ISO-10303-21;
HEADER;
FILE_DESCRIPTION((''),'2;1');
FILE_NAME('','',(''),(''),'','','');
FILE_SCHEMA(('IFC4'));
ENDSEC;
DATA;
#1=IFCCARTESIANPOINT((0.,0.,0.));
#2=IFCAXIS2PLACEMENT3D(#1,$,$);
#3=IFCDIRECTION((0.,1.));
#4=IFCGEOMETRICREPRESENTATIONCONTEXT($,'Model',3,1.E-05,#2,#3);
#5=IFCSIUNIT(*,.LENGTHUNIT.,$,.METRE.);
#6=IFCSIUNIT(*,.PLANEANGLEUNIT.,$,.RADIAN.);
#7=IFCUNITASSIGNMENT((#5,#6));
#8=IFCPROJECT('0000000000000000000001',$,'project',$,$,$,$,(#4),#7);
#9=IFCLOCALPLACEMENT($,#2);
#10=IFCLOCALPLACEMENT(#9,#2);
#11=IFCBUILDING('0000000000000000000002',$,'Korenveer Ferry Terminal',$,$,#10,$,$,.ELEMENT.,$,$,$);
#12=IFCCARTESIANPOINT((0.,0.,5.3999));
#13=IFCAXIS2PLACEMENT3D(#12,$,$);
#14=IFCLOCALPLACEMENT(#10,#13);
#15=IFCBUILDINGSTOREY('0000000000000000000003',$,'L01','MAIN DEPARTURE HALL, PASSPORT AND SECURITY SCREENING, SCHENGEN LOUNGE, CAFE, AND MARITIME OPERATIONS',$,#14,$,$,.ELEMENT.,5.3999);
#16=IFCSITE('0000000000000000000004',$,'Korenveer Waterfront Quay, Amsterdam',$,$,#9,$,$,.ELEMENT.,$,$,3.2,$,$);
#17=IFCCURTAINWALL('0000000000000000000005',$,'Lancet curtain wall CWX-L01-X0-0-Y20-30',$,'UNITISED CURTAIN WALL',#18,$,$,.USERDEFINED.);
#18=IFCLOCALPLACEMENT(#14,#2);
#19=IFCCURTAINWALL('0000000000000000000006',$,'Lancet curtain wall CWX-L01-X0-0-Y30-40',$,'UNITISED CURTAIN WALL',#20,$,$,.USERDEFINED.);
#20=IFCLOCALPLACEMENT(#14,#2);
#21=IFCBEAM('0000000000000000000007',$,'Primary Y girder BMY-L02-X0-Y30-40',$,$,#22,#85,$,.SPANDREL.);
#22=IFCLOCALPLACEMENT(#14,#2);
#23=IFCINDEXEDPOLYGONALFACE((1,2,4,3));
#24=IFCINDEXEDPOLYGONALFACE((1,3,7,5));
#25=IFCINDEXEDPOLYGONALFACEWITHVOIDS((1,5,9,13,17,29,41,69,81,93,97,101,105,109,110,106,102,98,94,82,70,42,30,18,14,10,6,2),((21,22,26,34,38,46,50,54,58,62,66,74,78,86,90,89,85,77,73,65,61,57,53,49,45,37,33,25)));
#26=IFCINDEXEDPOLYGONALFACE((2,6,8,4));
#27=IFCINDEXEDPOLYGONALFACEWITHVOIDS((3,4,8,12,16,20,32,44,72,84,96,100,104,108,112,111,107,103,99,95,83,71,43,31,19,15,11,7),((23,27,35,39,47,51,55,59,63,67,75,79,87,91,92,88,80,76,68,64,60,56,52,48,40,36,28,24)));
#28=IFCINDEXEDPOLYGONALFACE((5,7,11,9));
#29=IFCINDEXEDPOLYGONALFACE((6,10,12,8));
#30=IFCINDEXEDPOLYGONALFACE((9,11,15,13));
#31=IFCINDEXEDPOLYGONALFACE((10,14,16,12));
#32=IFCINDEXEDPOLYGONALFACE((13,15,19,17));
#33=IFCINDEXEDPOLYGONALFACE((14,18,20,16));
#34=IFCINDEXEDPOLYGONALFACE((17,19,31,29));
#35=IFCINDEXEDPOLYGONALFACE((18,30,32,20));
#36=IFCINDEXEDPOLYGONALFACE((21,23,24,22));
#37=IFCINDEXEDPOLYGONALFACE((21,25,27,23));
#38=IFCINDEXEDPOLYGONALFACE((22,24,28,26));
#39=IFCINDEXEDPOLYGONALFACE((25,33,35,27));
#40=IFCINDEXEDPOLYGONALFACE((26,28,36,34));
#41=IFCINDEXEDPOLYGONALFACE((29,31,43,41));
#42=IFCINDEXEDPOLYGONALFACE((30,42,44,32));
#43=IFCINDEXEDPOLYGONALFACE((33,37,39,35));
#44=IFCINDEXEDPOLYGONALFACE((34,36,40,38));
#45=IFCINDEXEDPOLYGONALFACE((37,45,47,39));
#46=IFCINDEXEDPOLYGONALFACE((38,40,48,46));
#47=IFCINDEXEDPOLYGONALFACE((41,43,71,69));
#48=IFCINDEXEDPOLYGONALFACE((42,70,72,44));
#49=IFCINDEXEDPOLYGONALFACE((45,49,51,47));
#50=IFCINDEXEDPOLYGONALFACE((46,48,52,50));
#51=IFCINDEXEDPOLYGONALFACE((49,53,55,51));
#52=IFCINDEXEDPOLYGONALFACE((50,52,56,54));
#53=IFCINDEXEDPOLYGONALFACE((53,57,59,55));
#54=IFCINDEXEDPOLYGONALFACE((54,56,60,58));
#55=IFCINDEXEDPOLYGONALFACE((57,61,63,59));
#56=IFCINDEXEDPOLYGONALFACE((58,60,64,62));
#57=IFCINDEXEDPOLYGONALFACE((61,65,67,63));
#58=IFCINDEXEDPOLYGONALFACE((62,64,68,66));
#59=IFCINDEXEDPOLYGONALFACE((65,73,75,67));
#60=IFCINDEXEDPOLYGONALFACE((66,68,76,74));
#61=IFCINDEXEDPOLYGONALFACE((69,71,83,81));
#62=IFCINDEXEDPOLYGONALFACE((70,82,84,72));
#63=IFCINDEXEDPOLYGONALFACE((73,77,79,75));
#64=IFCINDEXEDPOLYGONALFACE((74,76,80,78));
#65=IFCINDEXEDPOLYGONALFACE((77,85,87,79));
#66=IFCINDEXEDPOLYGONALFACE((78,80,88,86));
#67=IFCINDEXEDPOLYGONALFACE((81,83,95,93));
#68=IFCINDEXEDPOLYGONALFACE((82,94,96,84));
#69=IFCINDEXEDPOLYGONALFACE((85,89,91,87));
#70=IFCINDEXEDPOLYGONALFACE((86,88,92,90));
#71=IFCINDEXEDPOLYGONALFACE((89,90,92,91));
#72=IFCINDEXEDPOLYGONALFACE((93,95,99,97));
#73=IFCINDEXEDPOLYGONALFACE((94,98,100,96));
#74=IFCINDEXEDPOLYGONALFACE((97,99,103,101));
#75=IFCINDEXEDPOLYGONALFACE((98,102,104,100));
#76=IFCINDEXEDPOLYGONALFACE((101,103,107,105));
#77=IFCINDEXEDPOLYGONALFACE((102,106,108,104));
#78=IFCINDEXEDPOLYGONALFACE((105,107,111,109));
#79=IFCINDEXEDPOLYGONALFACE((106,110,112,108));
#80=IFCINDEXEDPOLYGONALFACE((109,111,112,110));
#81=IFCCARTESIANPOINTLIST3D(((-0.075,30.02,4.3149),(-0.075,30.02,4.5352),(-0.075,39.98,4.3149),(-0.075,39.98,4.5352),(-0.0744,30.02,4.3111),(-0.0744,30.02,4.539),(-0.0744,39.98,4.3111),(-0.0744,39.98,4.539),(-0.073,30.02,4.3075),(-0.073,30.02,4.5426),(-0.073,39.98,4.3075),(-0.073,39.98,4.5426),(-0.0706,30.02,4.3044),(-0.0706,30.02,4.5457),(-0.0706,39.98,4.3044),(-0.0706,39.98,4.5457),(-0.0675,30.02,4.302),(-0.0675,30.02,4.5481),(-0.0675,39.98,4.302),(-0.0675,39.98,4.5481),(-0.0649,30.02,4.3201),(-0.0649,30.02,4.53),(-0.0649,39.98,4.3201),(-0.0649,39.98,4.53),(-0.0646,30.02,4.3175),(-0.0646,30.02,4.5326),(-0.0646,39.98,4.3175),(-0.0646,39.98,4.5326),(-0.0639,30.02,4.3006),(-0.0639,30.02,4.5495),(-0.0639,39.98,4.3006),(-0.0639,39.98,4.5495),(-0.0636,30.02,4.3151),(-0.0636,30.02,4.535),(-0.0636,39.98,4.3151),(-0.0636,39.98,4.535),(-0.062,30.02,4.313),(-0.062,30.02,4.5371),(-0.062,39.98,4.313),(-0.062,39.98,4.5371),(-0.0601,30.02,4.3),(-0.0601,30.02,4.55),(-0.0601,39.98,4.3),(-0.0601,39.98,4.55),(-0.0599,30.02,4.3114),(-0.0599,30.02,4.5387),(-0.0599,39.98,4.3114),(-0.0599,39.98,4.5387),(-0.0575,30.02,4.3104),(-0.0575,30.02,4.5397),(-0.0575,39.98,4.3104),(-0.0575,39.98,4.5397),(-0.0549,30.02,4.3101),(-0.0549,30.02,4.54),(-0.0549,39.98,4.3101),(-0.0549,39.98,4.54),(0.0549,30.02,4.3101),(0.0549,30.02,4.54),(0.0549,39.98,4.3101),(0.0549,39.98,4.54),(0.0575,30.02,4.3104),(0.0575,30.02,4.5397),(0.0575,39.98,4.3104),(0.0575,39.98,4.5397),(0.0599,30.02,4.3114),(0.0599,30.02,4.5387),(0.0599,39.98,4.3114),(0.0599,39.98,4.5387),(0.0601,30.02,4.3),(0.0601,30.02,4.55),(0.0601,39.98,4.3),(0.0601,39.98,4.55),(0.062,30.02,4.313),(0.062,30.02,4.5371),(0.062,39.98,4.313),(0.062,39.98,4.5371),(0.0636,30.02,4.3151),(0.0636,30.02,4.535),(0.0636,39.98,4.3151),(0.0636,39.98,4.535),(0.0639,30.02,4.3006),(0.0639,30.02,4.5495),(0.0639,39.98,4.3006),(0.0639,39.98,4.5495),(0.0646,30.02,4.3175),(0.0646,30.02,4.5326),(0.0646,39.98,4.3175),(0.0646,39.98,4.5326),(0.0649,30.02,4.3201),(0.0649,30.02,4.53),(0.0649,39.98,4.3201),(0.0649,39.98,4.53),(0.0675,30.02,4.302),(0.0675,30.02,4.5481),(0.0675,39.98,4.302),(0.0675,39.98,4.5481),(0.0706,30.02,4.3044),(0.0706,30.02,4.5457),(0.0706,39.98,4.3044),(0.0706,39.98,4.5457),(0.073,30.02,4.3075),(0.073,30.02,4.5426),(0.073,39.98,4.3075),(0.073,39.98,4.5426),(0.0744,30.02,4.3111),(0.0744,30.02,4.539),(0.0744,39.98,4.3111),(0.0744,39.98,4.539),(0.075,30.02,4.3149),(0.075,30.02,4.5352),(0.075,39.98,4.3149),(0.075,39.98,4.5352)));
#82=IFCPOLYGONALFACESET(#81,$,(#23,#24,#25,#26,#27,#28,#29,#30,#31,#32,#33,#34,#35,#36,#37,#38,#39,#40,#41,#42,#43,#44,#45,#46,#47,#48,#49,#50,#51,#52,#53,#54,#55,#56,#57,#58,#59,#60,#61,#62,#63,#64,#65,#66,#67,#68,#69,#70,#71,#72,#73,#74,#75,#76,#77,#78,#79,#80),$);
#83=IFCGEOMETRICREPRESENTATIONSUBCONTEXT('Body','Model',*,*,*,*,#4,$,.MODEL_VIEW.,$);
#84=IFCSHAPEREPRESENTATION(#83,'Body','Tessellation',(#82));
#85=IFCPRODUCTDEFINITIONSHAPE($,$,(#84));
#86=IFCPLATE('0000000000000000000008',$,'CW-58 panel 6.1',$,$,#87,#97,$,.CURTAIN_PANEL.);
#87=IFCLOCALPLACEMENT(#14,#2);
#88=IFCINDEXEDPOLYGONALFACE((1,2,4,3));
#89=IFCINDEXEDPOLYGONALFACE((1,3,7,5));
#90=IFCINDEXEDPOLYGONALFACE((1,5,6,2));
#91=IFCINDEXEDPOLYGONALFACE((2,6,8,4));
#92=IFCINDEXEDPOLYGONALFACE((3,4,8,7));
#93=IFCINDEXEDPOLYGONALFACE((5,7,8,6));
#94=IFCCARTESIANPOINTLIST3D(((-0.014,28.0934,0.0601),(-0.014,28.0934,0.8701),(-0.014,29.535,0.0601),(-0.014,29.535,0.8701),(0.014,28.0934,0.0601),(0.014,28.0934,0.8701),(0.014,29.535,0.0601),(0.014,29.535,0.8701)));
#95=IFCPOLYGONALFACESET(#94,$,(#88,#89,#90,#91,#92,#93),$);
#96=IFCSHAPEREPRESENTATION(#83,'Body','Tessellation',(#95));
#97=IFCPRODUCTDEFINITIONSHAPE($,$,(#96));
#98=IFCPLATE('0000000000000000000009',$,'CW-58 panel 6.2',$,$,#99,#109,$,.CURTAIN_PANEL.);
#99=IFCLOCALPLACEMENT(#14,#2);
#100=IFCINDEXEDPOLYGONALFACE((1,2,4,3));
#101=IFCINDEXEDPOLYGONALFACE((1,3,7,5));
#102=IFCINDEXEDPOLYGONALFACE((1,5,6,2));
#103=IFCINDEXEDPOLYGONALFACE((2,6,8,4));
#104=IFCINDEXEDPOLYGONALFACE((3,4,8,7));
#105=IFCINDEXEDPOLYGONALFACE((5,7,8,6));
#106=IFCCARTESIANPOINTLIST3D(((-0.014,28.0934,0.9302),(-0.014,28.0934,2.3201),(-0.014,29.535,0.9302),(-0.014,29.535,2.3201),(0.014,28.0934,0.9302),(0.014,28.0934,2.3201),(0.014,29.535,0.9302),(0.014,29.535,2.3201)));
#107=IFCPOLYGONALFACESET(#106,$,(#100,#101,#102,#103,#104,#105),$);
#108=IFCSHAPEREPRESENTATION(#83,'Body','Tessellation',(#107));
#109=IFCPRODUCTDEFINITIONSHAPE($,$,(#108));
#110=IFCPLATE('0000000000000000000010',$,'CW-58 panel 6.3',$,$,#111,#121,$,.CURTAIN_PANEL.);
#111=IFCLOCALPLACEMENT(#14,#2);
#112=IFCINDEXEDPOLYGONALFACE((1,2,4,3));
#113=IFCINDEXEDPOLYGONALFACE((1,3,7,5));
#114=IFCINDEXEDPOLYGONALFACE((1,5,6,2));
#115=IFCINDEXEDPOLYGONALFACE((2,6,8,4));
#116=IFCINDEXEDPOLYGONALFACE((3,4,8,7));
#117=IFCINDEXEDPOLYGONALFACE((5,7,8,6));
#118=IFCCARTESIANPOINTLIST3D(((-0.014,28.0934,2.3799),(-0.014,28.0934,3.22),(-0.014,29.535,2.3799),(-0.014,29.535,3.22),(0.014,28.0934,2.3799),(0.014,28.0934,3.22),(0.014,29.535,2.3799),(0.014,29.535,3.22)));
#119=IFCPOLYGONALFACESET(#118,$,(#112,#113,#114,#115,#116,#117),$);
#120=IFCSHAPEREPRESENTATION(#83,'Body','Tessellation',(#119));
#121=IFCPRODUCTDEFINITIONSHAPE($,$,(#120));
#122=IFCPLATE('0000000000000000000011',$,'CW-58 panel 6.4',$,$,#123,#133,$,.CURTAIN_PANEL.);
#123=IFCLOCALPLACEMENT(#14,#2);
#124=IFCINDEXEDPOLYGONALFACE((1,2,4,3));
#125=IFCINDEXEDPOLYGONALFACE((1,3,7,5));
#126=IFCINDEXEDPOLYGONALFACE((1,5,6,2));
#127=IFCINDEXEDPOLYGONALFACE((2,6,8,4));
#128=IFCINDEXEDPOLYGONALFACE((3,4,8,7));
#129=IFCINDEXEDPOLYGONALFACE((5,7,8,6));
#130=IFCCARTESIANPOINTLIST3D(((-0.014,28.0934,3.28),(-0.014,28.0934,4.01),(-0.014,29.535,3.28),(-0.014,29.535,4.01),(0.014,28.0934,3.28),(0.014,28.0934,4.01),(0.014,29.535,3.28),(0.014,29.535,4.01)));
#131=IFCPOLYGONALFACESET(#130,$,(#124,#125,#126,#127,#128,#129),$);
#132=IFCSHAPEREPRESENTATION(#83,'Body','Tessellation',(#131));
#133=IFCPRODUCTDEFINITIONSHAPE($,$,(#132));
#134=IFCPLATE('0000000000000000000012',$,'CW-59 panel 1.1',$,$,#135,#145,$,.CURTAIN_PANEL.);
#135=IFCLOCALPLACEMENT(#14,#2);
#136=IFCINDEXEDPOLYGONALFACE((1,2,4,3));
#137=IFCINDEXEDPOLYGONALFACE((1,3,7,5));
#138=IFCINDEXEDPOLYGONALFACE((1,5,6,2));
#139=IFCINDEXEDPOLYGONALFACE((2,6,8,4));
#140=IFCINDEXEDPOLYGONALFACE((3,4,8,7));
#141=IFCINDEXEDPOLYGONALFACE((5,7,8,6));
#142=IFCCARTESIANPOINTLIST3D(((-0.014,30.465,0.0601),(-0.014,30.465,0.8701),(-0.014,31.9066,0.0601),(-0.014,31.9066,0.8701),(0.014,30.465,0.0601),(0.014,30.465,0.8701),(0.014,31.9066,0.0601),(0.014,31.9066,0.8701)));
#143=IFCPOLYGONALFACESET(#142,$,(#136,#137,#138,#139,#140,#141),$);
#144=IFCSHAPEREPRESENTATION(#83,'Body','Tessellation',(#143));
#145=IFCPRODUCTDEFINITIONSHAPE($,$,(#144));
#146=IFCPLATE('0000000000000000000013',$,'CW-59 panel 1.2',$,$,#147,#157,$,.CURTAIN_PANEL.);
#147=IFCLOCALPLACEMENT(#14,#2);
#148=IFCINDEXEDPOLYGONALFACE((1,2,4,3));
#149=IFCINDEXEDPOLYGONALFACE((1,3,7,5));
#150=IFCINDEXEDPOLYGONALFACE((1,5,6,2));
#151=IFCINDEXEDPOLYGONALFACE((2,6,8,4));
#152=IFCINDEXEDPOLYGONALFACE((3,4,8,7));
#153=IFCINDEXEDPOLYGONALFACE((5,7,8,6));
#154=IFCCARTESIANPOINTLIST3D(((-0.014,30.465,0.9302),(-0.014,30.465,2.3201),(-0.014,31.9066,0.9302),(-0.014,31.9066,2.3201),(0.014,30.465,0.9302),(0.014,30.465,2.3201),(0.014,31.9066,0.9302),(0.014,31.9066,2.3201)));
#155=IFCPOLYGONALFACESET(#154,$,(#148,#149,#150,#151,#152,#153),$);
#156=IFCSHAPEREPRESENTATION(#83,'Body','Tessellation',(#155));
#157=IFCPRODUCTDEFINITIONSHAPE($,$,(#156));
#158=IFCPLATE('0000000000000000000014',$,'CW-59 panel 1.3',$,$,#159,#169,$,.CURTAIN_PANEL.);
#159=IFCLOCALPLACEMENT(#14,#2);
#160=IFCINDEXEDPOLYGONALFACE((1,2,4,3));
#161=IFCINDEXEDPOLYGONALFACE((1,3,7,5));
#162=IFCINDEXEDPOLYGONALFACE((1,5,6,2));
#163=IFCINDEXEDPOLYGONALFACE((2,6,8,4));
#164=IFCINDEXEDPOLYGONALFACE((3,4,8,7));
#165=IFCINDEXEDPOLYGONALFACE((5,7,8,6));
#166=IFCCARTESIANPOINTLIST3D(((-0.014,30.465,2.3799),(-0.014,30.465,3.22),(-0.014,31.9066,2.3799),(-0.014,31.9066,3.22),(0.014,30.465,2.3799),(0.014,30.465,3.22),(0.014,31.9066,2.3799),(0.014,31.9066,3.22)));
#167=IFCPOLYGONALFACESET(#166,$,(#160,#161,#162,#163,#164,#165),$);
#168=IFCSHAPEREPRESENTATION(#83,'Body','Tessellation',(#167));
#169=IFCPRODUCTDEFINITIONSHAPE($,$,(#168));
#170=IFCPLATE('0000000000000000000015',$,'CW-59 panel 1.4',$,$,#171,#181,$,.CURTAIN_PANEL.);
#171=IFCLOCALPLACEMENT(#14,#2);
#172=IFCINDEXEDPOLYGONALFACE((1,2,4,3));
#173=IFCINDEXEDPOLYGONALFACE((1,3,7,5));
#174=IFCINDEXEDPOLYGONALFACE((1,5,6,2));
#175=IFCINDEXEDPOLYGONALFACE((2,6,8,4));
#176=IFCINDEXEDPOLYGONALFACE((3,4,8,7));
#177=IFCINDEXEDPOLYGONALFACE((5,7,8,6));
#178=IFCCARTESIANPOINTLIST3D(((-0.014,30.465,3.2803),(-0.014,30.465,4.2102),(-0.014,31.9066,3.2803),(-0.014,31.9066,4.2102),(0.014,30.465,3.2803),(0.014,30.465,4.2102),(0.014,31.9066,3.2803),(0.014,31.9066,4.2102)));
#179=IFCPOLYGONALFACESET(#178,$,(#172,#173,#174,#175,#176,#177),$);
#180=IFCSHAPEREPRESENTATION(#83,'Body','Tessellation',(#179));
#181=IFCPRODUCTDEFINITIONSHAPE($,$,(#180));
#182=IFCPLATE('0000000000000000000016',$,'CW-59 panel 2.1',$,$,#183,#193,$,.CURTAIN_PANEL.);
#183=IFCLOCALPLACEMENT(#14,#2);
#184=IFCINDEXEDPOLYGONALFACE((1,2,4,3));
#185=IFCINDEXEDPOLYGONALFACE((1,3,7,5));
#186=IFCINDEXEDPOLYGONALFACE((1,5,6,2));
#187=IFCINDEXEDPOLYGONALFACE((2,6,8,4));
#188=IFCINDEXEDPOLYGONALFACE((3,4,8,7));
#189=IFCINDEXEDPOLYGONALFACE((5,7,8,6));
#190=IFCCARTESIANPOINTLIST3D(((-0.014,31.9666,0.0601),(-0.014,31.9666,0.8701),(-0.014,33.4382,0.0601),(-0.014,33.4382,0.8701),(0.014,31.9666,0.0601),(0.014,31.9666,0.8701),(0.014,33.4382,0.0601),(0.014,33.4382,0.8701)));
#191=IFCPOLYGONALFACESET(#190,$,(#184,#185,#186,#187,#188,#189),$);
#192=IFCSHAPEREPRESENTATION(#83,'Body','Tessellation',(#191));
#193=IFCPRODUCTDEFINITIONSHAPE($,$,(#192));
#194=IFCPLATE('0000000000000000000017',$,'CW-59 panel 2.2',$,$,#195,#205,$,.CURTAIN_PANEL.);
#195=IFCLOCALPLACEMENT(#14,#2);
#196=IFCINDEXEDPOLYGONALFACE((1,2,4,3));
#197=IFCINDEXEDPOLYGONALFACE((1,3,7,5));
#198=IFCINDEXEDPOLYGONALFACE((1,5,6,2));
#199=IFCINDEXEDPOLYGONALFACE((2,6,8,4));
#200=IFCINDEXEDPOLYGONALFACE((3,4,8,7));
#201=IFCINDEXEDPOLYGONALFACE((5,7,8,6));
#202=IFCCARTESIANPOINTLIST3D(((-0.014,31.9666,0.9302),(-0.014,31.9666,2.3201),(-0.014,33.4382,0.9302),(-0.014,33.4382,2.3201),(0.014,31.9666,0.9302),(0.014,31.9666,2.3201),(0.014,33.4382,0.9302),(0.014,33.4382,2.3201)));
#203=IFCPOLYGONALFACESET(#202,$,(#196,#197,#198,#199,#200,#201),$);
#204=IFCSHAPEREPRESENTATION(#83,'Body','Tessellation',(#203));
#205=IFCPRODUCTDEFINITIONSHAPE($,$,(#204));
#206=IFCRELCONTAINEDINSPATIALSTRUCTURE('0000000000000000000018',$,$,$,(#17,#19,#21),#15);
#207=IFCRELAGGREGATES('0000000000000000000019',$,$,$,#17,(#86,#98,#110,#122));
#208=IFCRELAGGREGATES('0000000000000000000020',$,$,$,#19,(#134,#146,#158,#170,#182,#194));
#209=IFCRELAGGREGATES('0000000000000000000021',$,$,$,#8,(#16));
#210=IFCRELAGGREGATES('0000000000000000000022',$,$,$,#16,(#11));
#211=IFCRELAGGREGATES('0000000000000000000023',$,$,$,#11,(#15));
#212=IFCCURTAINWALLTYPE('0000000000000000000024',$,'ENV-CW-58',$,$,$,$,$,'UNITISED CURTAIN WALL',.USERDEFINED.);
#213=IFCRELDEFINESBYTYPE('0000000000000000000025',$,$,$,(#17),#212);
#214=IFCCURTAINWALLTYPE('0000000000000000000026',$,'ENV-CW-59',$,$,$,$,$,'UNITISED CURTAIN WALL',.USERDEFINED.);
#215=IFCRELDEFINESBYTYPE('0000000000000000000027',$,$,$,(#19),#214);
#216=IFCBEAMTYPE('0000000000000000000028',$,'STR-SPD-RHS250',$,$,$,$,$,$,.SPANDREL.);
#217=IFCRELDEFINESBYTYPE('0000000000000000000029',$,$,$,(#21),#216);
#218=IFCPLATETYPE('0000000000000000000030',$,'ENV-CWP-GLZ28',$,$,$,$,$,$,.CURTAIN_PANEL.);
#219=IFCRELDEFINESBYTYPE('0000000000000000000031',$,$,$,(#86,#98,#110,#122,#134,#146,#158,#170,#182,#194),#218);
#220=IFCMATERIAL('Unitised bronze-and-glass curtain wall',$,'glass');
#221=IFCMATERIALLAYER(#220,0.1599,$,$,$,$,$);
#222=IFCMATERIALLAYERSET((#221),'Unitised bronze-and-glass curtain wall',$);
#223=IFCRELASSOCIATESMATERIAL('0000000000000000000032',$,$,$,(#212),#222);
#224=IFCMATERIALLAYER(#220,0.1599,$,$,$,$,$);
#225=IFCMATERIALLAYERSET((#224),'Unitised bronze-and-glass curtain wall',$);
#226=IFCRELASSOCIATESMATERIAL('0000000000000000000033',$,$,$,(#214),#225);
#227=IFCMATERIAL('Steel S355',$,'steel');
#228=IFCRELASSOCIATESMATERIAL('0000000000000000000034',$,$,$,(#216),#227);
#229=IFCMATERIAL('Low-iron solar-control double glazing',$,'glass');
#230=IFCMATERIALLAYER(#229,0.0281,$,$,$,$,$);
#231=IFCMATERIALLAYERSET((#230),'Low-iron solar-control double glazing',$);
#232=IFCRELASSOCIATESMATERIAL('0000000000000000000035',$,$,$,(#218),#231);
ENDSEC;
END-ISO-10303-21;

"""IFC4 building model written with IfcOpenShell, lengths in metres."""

from ifc_helpers import new_model, si_unit, direction, frame, origin, origin_2d, place, context, subcontext, project, spatial, rectangle, hollow_rectangle, extrude, material, layer, layer_set, material_profile, profile_set, type_object, element, aggregate, save


model = new_model("IFC4")

# Units and contexts
model_context = context("Model", 3, precision=1e-05, world=origin(), true_north=direction((0.0, 1.0)))
body_context = subcontext(model_context, "Body", "Model", "MODEL_VIEW")
ifc_project = project(units=[si_unit("LENGTHUNIT", "METRE"), si_unit("PLANEANGLEUNIT", "RADIAN")], contexts=[model_context])

# Site, building, storey
site_placement = place(None, origin())
site = spatial("IfcSite", under=ifc_project, at=site_placement, Name="Korenveer Waterfront Quay, Amsterdam", CompositionType="ELEMENT", RefElevation=3.2)
building_placement = place(site_placement, origin())
building = spatial("IfcBuilding", under=site, at=building_placement, Name="Korenveer Ferry Terminal", CompositionType="ELEMENT")
storey_placement = place(building_placement, frame((0.0, 0.0, 5.3999)))
storey = spatial("IfcBuildingStorey", under=building, at=storey_placement, Name="L01", Description="MAIN DEPARTURE HALL, PASSPORT AND SECURITY SCREENING, SCHENGEN LOUNGE, CAFE, AND MARITIME OPERATIONS", CompositionType="ELEMENT", Elevation=5.3999)

# Shared definitions
ifc_material_1 = material(Name="Steel S355", Category="steel")

# Curtain wall
ifc_material_2 = material(Name="Unitised bronze-and-glass curtain wall", Category="glass")
ifc_layer_1 = layer(ifc_material_2, 0.1599)
ifc_layer_set_1 = layer_set([ifc_layer_1], Name="Unitised bronze-and-glass curtain wall")
curtain_wall_type_1 = type_object("IfcCurtainWallType", Name="ENV-CW-58", ElementType="UNITISED CURTAIN WALL", PredefinedType="USERDEFINED", material=ifc_layer_set_1)
curtain_wall_1_placement = place(storey_placement, frame((0.0, 20.405, 0.0)))
curtain_wall_1 = element("IfcCurtainWall", 1, at=curtain_wall_1_placement, inside=storey, type_object=curtain_wall_type_1, Name="Lancet curtain wall CWX-L01-X0-0-Y20-30", ObjectType="UNITISED CURTAIN WALL", PredefinedType="USERDEFINED")

# Curtain wall
ifc_layer_2 = layer(ifc_material_2, 0.1599)
ifc_layer_set_2 = layer_set([ifc_layer_2], Name="Unitised bronze-and-glass curtain wall")
curtain_wall_type_2 = type_object("IfcCurtainWallType", Name="ENV-CW-59", ElementType="UNITISED CURTAIN WALL", PredefinedType="USERDEFINED", material=ifc_layer_set_2)
curtain_wall_2_placement = place(storey_placement, frame((0.0, 30.405, 0.0)))
curtain_wall_2 = element("IfcCurtainWall", 2, at=curtain_wall_2_placement, inside=storey, type_object=curtain_wall_type_2, Name="Lancet curtain wall CWX-L01-X0-0-Y30-40", ObjectType="UNITISED CURTAIN WALL", PredefinedType="USERDEFINED")

# Beam
ifc_material_profile_1 = material_profile(ifc_material_1, hollow_rectangle(XDim=0.1499, YDim=0.25, WallThickness=0.01, InnerFilletRadius=0.01, OuterFilletRadius=0.0149, at=origin_2d()), Name="RHS 250x150x10")
ifc_profile_set_1 = profile_set([ifc_material_profile_1], Name="Steel S355")
beam_type_1 = type_object("IfcBeamType", Name="STR-SPD-RHS250", PredefinedType="SPANDREL", material=ifc_profile_set_1)
beam_1_placement = place(storey_placement, frame((0.0, 30.02, 4.425), z_axis=(0.0, 1.0, 0.0), x_axis=(-1.0, 0.0, 0.0)))
element("IfcBeam", 3, at=beam_1_placement, inside=storey, type_object=beam_type_1, Name="Primary Y girder BMY-L02-X0-Y30-40", PredefinedType="SPANDREL", context=body_context, shape_type="SweptSolid", body=[
    extrude(hollow_rectangle(XDim=0.1499, YDim=0.25, WallThickness=0.01, InnerFilletRadius=0.01, OuterFilletRadius=0.0149, at=origin_2d()), origin(), (0.0, 0.0, 1.0), 9.96),
])

# Plates
ifc_material_3 = material(Name="Low-iron solar-control double glazing", Category="glass")
ifc_layer_3 = layer(ifc_material_3, 0.0281)
ifc_layer_set_3 = layer_set([ifc_layer_3], Name="Low-iron solar-control double glazing")
plate_type_1 = type_object("IfcPlateType", Name="ENV-CWP-GLZ28", PredefinedType="CURTAIN_PANEL", material=ifc_layer_set_3)
plate_1_placement = place(storey_placement, frame((0.0, 28.8142, 0.0601), z_axis=(0.0, 0.0, 1.0), x_axis=(0.0, 1.0, 0.0)))
plate_1 = element("IfcPlate", 4, at=plate_1_placement, type_object=plate_type_1, Name="CW-58 panel 6.1", PredefinedType="CURTAIN_PANEL", context=body_context, shape_type="SweptSolid", body=[
    extrude(rectangle(XDim=1.4417, YDim=0.0281, at=origin_2d()), origin(), (0.0, 0.0, 1.0), 0.8101),
])
plate_2_placement = place(storey_placement, frame((0.0, 28.8142, 0.9302), z_axis=(0.0, 0.0, 1.0), x_axis=(0.0, 1.0, 0.0)))
plate_2 = element("IfcPlate", 5, at=plate_2_placement, type_object=plate_type_1, Name="CW-58 panel 6.2", PredefinedType="CURTAIN_PANEL", context=body_context, shape_type="SweptSolid", body=[
    extrude(rectangle(XDim=1.4417, YDim=0.0281, at=origin_2d()), origin(), (0.0, 0.0, 1.0), 1.3899),
])
plate_3_placement = place(storey_placement, frame((0.0, 28.8142, 2.3799), z_axis=(0.0, 0.0, 1.0), x_axis=(0.0, 1.0, 0.0)))
plate_3 = element("IfcPlate", 6, at=plate_3_placement, type_object=plate_type_1, Name="CW-58 panel 6.3", PredefinedType="CURTAIN_PANEL", context=body_context, shape_type="SweptSolid", body=[
    extrude(rectangle(XDim=1.4417, YDim=0.0281, at=origin_2d()), origin(), (0.0, 0.0, 1.0), 0.8401),
])
plate_4_placement = place(storey_placement, frame((0.0, 28.8142, 3.28), z_axis=(0.0, 0.0, 1.0), x_axis=(0.0, 1.0, 0.0)))
plate_4 = element("IfcPlate", 7, at=plate_4_placement, type_object=plate_type_1, Name="CW-58 panel 6.4", PredefinedType="CURTAIN_PANEL", context=body_context, shape_type="SweptSolid", body=[
    extrude(rectangle(XDim=1.4417, YDim=0.0281, at=origin_2d()), origin(), (0.0, 0.0, 1.0), 0.73),
])
aggregate(curtain_wall_1, [plate_1, plate_2, plate_3, plate_4])
plate_5_placement = place(storey_placement, frame((0.0, 31.1858, 0.0601), z_axis=(0.0, 0.0, 1.0), x_axis=(0.0, 1.0, 0.0)))
plate_5 = element("IfcPlate", 8, at=plate_5_placement, type_object=plate_type_1, Name="CW-59 panel 1.1", PredefinedType="CURTAIN_PANEL", context=body_context, shape_type="SweptSolid", body=[
    extrude(rectangle(XDim=1.4417, YDim=0.0281, at=origin_2d()), origin(), (0.0, 0.0, 1.0), 0.8101),
])
plate_6_placement = place(storey_placement, frame((0.0, 31.1858, 0.9302), z_axis=(0.0, 0.0, 1.0), x_axis=(0.0, 1.0, 0.0)))
plate_6 = element("IfcPlate", 9, at=plate_6_placement, type_object=plate_type_1, Name="CW-59 panel 1.2", PredefinedType="CURTAIN_PANEL", context=body_context, shape_type="SweptSolid", body=[
    extrude(rectangle(XDim=1.4417, YDim=0.0281, at=origin_2d()), origin(), (0.0, 0.0, 1.0), 1.3899),
])
plate_7_placement = place(storey_placement, frame((0.0, 31.1858, 2.3799), z_axis=(0.0, 0.0, 1.0), x_axis=(0.0, 1.0, 0.0)))
plate_7 = element("IfcPlate", 10, at=plate_7_placement, type_object=plate_type_1, Name="CW-59 panel 1.3", PredefinedType="CURTAIN_PANEL", context=body_context, shape_type="SweptSolid", body=[
    extrude(rectangle(XDim=1.4417, YDim=0.0281, at=origin_2d()), origin(), (0.0, 0.0, 1.0), 0.8401),
])
plate_8_placement = place(storey_placement, frame((0.0, 31.1858, 3.2803), z_axis=(0.0, 0.0, 1.0), x_axis=(0.0, 1.0, 0.0)))
plate_8 = element("IfcPlate", 11, at=plate_8_placement, type_object=plate_type_1, Name="CW-59 panel 1.4", PredefinedType="CURTAIN_PANEL", context=body_context, shape_type="SweptSolid", body=[
    extrude(rectangle(XDim=1.4417, YDim=0.0281, at=origin_2d()), origin(), (0.0, 0.0, 1.0), 0.9299),
])
plate_9_placement = place(storey_placement, frame((0.0, 32.7024, 0.0601), z_axis=(0.0, 0.0, 1.0), x_axis=(0.0, 1.0, 0.0)))
plate_9 = element("IfcPlate", 12, at=plate_9_placement, type_object=plate_type_1, Name="CW-59 panel 2.1", PredefinedType="CURTAIN_PANEL", context=body_context, shape_type="SweptSolid", body=[
    extrude(rectangle(XDim=1.4717, YDim=0.0281, at=origin_2d()), origin(), (0.0, 0.0, 1.0), 0.8101),
])
plate_10_placement = place(storey_placement, frame((0.0, 32.7024, 0.9302), z_axis=(0.0, 0.0, 1.0), x_axis=(0.0, 1.0, 0.0)))
plate_10 = element("IfcPlate", 13, at=plate_10_placement, type_object=plate_type_1, Name="CW-59 panel 2.2", PredefinedType="CURTAIN_PANEL", context=body_context, shape_type="SweptSolid", body=[
    extrude(rectangle(XDim=1.4717, YDim=0.0281, at=origin_2d()), origin(), (0.0, 0.0, 1.0), 1.3899),
])
aggregate(curtain_wall_2, [plate_5, plate_6, plate_7, plate_8, plate_9, plate_10])

save(model, "model.ifc")
